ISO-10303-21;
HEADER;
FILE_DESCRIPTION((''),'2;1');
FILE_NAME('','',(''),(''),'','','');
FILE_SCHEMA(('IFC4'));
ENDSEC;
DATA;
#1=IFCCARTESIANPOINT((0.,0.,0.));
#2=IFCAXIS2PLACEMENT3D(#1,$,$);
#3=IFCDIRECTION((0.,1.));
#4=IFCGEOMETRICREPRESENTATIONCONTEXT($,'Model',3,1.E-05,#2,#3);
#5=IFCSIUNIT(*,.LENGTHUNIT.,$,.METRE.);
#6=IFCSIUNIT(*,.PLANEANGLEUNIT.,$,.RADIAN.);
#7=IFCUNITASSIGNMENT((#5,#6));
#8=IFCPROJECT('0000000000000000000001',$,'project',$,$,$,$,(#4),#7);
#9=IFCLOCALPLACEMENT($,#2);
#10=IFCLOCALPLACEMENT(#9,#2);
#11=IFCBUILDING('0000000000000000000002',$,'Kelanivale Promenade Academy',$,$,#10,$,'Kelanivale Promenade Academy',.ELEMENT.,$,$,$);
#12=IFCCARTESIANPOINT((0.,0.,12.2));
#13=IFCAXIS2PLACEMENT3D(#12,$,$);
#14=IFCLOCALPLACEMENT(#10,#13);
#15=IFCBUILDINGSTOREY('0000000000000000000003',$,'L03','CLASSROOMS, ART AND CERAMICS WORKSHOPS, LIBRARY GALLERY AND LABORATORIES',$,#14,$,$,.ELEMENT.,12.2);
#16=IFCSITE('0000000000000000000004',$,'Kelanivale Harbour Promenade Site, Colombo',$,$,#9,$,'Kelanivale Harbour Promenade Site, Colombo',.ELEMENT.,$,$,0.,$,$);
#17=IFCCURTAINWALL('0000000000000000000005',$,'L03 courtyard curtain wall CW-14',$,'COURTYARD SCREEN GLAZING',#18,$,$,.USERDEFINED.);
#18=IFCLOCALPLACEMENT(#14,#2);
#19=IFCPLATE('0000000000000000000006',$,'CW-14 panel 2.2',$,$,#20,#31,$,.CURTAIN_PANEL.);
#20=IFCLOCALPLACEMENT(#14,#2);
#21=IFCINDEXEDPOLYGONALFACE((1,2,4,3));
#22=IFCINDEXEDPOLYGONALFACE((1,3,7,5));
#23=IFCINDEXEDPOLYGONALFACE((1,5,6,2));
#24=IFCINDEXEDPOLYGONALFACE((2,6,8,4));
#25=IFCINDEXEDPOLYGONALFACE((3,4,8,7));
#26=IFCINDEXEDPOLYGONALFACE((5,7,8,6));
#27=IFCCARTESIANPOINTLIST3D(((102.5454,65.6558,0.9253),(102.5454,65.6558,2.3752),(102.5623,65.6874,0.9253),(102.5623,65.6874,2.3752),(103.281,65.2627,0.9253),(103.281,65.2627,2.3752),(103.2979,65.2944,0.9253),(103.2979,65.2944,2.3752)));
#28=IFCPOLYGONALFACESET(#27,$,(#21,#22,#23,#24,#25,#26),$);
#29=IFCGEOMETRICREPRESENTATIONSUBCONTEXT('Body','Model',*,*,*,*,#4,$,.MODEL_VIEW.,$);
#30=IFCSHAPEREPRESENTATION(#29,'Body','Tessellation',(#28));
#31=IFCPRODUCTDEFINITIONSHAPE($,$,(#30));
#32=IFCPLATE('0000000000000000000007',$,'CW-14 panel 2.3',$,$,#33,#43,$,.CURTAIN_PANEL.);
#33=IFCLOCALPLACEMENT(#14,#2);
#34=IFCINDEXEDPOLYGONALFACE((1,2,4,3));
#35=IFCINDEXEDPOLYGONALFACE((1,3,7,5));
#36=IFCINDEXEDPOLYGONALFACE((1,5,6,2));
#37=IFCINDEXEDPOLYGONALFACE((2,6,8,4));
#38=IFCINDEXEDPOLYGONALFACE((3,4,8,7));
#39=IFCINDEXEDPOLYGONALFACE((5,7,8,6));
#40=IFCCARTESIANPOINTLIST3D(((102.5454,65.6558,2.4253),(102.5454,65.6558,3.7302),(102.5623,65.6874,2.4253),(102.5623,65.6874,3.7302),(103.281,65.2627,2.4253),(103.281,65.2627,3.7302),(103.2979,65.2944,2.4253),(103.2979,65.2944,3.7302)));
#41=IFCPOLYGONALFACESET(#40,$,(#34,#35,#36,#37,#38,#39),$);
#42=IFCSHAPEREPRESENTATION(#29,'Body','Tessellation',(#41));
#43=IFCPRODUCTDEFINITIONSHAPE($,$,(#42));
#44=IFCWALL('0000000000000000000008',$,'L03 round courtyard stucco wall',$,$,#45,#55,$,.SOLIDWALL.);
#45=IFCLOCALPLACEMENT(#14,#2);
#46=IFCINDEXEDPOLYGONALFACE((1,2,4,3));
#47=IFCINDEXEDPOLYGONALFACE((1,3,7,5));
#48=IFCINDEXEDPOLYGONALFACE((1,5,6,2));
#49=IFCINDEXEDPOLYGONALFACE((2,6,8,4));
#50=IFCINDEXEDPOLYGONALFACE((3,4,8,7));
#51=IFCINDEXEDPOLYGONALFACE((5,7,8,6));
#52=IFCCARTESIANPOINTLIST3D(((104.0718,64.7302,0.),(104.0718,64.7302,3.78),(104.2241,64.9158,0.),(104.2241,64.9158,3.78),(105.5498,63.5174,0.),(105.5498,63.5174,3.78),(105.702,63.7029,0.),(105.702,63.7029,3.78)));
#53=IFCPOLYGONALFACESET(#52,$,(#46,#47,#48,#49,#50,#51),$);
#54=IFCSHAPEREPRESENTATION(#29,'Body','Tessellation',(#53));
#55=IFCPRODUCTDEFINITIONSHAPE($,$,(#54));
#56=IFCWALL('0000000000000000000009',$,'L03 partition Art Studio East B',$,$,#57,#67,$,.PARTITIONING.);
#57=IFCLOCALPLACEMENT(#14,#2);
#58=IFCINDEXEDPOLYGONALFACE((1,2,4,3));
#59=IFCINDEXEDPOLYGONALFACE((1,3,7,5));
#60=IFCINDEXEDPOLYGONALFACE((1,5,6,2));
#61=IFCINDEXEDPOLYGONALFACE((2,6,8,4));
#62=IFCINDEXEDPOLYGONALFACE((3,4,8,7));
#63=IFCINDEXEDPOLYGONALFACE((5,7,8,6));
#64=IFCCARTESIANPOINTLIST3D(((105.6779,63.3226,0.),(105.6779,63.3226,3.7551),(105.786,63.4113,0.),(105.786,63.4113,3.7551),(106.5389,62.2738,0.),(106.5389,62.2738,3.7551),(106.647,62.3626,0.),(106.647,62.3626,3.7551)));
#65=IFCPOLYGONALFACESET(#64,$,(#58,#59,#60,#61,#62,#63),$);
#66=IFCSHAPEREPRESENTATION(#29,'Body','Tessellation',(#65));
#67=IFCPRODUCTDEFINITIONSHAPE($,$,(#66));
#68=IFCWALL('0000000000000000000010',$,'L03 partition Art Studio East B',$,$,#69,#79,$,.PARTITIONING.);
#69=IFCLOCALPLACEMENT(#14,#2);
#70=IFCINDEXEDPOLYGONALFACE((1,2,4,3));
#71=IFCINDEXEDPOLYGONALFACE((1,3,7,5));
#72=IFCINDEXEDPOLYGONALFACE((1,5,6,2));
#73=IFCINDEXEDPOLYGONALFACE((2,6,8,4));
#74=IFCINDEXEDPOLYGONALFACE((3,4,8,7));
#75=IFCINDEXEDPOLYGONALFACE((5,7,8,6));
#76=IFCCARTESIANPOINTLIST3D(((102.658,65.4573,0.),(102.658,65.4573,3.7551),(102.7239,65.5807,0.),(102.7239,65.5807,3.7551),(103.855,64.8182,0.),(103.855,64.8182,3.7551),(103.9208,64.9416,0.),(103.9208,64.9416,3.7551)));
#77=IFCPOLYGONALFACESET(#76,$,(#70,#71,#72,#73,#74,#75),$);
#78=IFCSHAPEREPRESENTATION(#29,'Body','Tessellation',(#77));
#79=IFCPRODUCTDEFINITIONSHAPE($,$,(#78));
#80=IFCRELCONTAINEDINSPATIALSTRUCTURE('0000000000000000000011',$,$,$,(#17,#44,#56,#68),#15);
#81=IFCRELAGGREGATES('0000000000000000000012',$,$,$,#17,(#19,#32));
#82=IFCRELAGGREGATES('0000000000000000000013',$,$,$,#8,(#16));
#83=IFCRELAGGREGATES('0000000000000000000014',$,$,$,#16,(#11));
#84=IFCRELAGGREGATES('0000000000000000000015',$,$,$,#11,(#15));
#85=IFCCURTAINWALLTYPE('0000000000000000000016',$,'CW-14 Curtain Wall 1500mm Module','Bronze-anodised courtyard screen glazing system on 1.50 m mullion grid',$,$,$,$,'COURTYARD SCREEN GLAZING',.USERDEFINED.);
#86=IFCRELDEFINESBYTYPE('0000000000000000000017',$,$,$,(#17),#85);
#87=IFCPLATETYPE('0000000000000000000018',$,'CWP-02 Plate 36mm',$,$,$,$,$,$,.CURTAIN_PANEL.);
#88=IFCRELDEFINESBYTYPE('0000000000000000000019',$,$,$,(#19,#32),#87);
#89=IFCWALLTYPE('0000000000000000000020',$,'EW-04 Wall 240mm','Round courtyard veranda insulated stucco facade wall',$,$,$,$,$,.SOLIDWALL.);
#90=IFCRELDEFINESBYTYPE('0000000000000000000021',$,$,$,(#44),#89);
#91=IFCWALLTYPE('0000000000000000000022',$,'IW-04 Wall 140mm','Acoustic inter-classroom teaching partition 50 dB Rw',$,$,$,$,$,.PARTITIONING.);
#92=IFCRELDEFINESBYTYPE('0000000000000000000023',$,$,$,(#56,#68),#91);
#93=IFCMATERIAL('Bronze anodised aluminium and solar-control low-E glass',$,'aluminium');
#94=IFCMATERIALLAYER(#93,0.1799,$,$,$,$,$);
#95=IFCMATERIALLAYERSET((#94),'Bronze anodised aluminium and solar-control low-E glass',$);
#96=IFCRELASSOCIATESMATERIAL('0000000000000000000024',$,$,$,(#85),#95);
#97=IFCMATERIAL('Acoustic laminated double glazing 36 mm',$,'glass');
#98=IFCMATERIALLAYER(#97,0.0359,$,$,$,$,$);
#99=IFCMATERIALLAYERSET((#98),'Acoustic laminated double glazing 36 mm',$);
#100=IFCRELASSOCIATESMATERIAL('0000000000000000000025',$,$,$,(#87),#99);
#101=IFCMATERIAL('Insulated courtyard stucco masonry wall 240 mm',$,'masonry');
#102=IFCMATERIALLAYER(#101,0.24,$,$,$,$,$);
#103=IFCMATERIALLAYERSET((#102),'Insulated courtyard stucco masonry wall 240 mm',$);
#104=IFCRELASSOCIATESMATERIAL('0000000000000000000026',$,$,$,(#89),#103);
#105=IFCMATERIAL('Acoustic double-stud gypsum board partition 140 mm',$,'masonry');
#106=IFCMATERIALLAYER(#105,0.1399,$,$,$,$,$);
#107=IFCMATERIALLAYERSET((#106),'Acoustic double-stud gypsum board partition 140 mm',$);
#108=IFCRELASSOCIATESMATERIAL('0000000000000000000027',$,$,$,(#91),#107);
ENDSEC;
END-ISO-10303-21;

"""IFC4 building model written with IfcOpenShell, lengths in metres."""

from ifc_helpers import new_model, si_unit, direction, frame, frame_2d, origin, origin_2d, place, context, subcontext, project, spatial, rectangle, extrude, material, layer, layer_set, type_object, element, aggregate, save


model = new_model("IFC4")

# Units and contexts
model_context = context("Model", 3, precision=1e-05, world=origin(), true_north=direction((0.0, 1.0)))
body_context = subcontext(model_context, "Body", "Model", "MODEL_VIEW")
ifc_project = project(units=[si_unit("LENGTHUNIT", "METRE"), si_unit("PLANEANGLEUNIT", "RADIAN")], contexts=[model_context])

# Site, building, storey
site_placement = place(None, origin())
site = spatial("IfcSite", under=ifc_project, at=site_placement, Name="Kelanivale Harbour Promenade Site, Colombo", LongName="Kelanivale Harbour Promenade Site, Colombo", CompositionType="ELEMENT", RefElevation=0.0)
building_placement = place(site_placement, origin())
building = spatial("IfcBuilding", under=site, at=building_placement, Name="Kelanivale Promenade Academy", LongName="Kelanivale Promenade Academy", CompositionType="ELEMENT")
storey_placement = place(building_placement, frame((0.0, 0.0, 12.2)))
storey = spatial("IfcBuildingStorey", under=building, at=storey_placement, Name="L03", Description="CLASSROOMS, ART AND CERAMICS WORKSHOPS, LIBRARY GALLERY AND LABORATORIES", CompositionType="ELEMENT", Elevation=12.2)

# Shared definitions
ifc_material_1 = material(Name="Bronze anodised aluminium and solar-control low-E glass", Category="aluminium")

# Curtain wall
ifc_layer_1 = layer(ifc_material_1, 0.1799)
ifc_layer_set_1 = layer_set([ifc_layer_1], Name="Bronze anodised aluminium and solar-control low-E glass")
curtain_wall_type_1 = type_object("IfcCurtainWallType", Name="CW-14 Curtain Wall 1500mm Module", Description="Bronze-anodised courtyard screen glazing system on 1.50 m mullion grid", ElementType="COURTYARD SCREEN GLAZING", PredefinedType="USERDEFINED", material=ifc_layer_set_1)
curtain_wall_1_placement = place(storey_placement, origin())
curtain_wall_1 = element("IfcCurtainWall", 1, at=curtain_wall_1_placement, inside=storey, type_object=curtain_wall_type_1, Name="L03 courtyard curtain wall CW-14", ObjectType="COURTYARD SCREEN GLAZING", PredefinedType="USERDEFINED")

# Plates
ifc_material_2 = material(Name="Acoustic laminated double glazing 36 mm", Category="glass")
ifc_layer_2 = layer(ifc_material_2, 0.0359)
ifc_layer_set_2 = layer_set([ifc_layer_2], Name="Acoustic laminated double glazing 36 mm")
plate_type_1 = type_object("IfcPlateType", Name="CWP-02 Plate 36mm", PredefinedType="CURTAIN_PANEL", material=ifc_layer_set_2)
plate_1_placement = place(storey_placement, frame((102.9216, 65.4751, 0.9253), z_axis=(0.0, 0.0, 1.0), x_axis=(-0.881978, 0.47129, 0.0)))
plate_1 = element("IfcPlate", 2, at=plate_1_placement, type_object=plate_type_1, Name="CW-14 panel 2.2", PredefinedType="CURTAIN_PANEL", context=body_context, shape_type="SweptSolid", body=[
    extrude(rectangle(XDim=0.834, YDim=0.0359, at=origin_2d()), origin(), (0.0, 0.0, 1.0), 1.45),
])
plate_2_placement = place(storey_placement, frame((102.9216, 65.4751, 2.4253), z_axis=(0.0, 0.0, 1.0), x_axis=(-0.881978, 0.47129, 0.0)))
plate_2 = element("IfcPlate", 3, at=plate_2_placement, type_object=plate_type_1, Name="CW-14 panel 2.3", PredefinedType="CURTAIN_PANEL", context=body_context, shape_type="SweptSolid", body=[
    extrude(rectangle(XDim=0.834, YDim=0.0359, at=origin_2d()), origin(), (0.0, 0.0, 1.0), 1.3049),
])
aggregate(curtain_wall_1, [plate_1, plate_2])

# Walls
ifc_material_3 = material(Name="Insulated courtyard stucco masonry wall 240 mm", Category="masonry")
ifc_layer_3 = layer(ifc_material_3, 0.24)
ifc_layer_set_3 = layer_set([ifc_layer_3], Name="Insulated courtyard stucco masonry wall 240 mm")
wall_type_1 = type_object("IfcWallType", Name="EW-04 Wall 240mm", Description="Round courtyard veranda insulated stucco facade wall", PredefinedType="SOLIDWALL", material=ifc_layer_set_3)
wall_placement = place(storey_placement, frame((105.626, 63.6101, 0.0), z_axis=(0.0, 0.0, 1.0), x_axis=(-0.773035, 0.634364, 0.0)))
element("IfcWall", 4, at=wall_placement, inside=storey, type_object=wall_type_1, Name="L03 round courtyard stucco wall", PredefinedType="SOLIDWALL", context=body_context, shape_type="SweptSolid", body=[
    extrude(rectangle(XDim=1.9119, YDim=0.24, at=frame_2d((0.9561, 0.0))), origin(), (0.0, 0.0, 1.0), 3.78),
])
ifc_material_4 = material(Name="Acoustic double-stud gypsum board partition 140 mm", Category="masonry")
ifc_layer_4 = layer(ifc_material_4, 0.1399)
ifc_layer_set_4 = layer_set([ifc_layer_4], Name="Acoustic double-stud gypsum board partition 140 mm")
wall_type_2 = type_object("IfcWallType", Name="IW-04 Wall 140mm", Description="Acoustic inter-classroom teaching partition 50 dB Rw", PredefinedType="PARTITIONING", material=ifc_layer_set_4)
for number, where, z_axis, x_axis, name in (
    (5, (105.7319, 63.3669, 0.0), (0.0, 0.0, 1.0), (0.63454, -0.77289, 0.0), "L03 partition Art Studio East B"),
    (6, (102.6909, 65.519, 0.0), (0.0, 0.0, 1.0), (0.882124, -0.471018, 0.0), "L03 partition Art Studio East B"),
):
    element("IfcWall", number, at=place(storey_placement, frame(where, z_axis=z_axis, x_axis=x_axis)), inside=storey, type_object=wall_type_2, Name=name, PredefinedType="PARTITIONING", context=body_context, shape_type="SweptSolid", body=[
        extrude(rectangle(XDim=1.3569, YDim=0.1399, at=frame_2d((0.6785, 0.0))), origin(), (0.0, 0.0, 1.0), 3.7551),
    ])

save(model, "model.ifc")
